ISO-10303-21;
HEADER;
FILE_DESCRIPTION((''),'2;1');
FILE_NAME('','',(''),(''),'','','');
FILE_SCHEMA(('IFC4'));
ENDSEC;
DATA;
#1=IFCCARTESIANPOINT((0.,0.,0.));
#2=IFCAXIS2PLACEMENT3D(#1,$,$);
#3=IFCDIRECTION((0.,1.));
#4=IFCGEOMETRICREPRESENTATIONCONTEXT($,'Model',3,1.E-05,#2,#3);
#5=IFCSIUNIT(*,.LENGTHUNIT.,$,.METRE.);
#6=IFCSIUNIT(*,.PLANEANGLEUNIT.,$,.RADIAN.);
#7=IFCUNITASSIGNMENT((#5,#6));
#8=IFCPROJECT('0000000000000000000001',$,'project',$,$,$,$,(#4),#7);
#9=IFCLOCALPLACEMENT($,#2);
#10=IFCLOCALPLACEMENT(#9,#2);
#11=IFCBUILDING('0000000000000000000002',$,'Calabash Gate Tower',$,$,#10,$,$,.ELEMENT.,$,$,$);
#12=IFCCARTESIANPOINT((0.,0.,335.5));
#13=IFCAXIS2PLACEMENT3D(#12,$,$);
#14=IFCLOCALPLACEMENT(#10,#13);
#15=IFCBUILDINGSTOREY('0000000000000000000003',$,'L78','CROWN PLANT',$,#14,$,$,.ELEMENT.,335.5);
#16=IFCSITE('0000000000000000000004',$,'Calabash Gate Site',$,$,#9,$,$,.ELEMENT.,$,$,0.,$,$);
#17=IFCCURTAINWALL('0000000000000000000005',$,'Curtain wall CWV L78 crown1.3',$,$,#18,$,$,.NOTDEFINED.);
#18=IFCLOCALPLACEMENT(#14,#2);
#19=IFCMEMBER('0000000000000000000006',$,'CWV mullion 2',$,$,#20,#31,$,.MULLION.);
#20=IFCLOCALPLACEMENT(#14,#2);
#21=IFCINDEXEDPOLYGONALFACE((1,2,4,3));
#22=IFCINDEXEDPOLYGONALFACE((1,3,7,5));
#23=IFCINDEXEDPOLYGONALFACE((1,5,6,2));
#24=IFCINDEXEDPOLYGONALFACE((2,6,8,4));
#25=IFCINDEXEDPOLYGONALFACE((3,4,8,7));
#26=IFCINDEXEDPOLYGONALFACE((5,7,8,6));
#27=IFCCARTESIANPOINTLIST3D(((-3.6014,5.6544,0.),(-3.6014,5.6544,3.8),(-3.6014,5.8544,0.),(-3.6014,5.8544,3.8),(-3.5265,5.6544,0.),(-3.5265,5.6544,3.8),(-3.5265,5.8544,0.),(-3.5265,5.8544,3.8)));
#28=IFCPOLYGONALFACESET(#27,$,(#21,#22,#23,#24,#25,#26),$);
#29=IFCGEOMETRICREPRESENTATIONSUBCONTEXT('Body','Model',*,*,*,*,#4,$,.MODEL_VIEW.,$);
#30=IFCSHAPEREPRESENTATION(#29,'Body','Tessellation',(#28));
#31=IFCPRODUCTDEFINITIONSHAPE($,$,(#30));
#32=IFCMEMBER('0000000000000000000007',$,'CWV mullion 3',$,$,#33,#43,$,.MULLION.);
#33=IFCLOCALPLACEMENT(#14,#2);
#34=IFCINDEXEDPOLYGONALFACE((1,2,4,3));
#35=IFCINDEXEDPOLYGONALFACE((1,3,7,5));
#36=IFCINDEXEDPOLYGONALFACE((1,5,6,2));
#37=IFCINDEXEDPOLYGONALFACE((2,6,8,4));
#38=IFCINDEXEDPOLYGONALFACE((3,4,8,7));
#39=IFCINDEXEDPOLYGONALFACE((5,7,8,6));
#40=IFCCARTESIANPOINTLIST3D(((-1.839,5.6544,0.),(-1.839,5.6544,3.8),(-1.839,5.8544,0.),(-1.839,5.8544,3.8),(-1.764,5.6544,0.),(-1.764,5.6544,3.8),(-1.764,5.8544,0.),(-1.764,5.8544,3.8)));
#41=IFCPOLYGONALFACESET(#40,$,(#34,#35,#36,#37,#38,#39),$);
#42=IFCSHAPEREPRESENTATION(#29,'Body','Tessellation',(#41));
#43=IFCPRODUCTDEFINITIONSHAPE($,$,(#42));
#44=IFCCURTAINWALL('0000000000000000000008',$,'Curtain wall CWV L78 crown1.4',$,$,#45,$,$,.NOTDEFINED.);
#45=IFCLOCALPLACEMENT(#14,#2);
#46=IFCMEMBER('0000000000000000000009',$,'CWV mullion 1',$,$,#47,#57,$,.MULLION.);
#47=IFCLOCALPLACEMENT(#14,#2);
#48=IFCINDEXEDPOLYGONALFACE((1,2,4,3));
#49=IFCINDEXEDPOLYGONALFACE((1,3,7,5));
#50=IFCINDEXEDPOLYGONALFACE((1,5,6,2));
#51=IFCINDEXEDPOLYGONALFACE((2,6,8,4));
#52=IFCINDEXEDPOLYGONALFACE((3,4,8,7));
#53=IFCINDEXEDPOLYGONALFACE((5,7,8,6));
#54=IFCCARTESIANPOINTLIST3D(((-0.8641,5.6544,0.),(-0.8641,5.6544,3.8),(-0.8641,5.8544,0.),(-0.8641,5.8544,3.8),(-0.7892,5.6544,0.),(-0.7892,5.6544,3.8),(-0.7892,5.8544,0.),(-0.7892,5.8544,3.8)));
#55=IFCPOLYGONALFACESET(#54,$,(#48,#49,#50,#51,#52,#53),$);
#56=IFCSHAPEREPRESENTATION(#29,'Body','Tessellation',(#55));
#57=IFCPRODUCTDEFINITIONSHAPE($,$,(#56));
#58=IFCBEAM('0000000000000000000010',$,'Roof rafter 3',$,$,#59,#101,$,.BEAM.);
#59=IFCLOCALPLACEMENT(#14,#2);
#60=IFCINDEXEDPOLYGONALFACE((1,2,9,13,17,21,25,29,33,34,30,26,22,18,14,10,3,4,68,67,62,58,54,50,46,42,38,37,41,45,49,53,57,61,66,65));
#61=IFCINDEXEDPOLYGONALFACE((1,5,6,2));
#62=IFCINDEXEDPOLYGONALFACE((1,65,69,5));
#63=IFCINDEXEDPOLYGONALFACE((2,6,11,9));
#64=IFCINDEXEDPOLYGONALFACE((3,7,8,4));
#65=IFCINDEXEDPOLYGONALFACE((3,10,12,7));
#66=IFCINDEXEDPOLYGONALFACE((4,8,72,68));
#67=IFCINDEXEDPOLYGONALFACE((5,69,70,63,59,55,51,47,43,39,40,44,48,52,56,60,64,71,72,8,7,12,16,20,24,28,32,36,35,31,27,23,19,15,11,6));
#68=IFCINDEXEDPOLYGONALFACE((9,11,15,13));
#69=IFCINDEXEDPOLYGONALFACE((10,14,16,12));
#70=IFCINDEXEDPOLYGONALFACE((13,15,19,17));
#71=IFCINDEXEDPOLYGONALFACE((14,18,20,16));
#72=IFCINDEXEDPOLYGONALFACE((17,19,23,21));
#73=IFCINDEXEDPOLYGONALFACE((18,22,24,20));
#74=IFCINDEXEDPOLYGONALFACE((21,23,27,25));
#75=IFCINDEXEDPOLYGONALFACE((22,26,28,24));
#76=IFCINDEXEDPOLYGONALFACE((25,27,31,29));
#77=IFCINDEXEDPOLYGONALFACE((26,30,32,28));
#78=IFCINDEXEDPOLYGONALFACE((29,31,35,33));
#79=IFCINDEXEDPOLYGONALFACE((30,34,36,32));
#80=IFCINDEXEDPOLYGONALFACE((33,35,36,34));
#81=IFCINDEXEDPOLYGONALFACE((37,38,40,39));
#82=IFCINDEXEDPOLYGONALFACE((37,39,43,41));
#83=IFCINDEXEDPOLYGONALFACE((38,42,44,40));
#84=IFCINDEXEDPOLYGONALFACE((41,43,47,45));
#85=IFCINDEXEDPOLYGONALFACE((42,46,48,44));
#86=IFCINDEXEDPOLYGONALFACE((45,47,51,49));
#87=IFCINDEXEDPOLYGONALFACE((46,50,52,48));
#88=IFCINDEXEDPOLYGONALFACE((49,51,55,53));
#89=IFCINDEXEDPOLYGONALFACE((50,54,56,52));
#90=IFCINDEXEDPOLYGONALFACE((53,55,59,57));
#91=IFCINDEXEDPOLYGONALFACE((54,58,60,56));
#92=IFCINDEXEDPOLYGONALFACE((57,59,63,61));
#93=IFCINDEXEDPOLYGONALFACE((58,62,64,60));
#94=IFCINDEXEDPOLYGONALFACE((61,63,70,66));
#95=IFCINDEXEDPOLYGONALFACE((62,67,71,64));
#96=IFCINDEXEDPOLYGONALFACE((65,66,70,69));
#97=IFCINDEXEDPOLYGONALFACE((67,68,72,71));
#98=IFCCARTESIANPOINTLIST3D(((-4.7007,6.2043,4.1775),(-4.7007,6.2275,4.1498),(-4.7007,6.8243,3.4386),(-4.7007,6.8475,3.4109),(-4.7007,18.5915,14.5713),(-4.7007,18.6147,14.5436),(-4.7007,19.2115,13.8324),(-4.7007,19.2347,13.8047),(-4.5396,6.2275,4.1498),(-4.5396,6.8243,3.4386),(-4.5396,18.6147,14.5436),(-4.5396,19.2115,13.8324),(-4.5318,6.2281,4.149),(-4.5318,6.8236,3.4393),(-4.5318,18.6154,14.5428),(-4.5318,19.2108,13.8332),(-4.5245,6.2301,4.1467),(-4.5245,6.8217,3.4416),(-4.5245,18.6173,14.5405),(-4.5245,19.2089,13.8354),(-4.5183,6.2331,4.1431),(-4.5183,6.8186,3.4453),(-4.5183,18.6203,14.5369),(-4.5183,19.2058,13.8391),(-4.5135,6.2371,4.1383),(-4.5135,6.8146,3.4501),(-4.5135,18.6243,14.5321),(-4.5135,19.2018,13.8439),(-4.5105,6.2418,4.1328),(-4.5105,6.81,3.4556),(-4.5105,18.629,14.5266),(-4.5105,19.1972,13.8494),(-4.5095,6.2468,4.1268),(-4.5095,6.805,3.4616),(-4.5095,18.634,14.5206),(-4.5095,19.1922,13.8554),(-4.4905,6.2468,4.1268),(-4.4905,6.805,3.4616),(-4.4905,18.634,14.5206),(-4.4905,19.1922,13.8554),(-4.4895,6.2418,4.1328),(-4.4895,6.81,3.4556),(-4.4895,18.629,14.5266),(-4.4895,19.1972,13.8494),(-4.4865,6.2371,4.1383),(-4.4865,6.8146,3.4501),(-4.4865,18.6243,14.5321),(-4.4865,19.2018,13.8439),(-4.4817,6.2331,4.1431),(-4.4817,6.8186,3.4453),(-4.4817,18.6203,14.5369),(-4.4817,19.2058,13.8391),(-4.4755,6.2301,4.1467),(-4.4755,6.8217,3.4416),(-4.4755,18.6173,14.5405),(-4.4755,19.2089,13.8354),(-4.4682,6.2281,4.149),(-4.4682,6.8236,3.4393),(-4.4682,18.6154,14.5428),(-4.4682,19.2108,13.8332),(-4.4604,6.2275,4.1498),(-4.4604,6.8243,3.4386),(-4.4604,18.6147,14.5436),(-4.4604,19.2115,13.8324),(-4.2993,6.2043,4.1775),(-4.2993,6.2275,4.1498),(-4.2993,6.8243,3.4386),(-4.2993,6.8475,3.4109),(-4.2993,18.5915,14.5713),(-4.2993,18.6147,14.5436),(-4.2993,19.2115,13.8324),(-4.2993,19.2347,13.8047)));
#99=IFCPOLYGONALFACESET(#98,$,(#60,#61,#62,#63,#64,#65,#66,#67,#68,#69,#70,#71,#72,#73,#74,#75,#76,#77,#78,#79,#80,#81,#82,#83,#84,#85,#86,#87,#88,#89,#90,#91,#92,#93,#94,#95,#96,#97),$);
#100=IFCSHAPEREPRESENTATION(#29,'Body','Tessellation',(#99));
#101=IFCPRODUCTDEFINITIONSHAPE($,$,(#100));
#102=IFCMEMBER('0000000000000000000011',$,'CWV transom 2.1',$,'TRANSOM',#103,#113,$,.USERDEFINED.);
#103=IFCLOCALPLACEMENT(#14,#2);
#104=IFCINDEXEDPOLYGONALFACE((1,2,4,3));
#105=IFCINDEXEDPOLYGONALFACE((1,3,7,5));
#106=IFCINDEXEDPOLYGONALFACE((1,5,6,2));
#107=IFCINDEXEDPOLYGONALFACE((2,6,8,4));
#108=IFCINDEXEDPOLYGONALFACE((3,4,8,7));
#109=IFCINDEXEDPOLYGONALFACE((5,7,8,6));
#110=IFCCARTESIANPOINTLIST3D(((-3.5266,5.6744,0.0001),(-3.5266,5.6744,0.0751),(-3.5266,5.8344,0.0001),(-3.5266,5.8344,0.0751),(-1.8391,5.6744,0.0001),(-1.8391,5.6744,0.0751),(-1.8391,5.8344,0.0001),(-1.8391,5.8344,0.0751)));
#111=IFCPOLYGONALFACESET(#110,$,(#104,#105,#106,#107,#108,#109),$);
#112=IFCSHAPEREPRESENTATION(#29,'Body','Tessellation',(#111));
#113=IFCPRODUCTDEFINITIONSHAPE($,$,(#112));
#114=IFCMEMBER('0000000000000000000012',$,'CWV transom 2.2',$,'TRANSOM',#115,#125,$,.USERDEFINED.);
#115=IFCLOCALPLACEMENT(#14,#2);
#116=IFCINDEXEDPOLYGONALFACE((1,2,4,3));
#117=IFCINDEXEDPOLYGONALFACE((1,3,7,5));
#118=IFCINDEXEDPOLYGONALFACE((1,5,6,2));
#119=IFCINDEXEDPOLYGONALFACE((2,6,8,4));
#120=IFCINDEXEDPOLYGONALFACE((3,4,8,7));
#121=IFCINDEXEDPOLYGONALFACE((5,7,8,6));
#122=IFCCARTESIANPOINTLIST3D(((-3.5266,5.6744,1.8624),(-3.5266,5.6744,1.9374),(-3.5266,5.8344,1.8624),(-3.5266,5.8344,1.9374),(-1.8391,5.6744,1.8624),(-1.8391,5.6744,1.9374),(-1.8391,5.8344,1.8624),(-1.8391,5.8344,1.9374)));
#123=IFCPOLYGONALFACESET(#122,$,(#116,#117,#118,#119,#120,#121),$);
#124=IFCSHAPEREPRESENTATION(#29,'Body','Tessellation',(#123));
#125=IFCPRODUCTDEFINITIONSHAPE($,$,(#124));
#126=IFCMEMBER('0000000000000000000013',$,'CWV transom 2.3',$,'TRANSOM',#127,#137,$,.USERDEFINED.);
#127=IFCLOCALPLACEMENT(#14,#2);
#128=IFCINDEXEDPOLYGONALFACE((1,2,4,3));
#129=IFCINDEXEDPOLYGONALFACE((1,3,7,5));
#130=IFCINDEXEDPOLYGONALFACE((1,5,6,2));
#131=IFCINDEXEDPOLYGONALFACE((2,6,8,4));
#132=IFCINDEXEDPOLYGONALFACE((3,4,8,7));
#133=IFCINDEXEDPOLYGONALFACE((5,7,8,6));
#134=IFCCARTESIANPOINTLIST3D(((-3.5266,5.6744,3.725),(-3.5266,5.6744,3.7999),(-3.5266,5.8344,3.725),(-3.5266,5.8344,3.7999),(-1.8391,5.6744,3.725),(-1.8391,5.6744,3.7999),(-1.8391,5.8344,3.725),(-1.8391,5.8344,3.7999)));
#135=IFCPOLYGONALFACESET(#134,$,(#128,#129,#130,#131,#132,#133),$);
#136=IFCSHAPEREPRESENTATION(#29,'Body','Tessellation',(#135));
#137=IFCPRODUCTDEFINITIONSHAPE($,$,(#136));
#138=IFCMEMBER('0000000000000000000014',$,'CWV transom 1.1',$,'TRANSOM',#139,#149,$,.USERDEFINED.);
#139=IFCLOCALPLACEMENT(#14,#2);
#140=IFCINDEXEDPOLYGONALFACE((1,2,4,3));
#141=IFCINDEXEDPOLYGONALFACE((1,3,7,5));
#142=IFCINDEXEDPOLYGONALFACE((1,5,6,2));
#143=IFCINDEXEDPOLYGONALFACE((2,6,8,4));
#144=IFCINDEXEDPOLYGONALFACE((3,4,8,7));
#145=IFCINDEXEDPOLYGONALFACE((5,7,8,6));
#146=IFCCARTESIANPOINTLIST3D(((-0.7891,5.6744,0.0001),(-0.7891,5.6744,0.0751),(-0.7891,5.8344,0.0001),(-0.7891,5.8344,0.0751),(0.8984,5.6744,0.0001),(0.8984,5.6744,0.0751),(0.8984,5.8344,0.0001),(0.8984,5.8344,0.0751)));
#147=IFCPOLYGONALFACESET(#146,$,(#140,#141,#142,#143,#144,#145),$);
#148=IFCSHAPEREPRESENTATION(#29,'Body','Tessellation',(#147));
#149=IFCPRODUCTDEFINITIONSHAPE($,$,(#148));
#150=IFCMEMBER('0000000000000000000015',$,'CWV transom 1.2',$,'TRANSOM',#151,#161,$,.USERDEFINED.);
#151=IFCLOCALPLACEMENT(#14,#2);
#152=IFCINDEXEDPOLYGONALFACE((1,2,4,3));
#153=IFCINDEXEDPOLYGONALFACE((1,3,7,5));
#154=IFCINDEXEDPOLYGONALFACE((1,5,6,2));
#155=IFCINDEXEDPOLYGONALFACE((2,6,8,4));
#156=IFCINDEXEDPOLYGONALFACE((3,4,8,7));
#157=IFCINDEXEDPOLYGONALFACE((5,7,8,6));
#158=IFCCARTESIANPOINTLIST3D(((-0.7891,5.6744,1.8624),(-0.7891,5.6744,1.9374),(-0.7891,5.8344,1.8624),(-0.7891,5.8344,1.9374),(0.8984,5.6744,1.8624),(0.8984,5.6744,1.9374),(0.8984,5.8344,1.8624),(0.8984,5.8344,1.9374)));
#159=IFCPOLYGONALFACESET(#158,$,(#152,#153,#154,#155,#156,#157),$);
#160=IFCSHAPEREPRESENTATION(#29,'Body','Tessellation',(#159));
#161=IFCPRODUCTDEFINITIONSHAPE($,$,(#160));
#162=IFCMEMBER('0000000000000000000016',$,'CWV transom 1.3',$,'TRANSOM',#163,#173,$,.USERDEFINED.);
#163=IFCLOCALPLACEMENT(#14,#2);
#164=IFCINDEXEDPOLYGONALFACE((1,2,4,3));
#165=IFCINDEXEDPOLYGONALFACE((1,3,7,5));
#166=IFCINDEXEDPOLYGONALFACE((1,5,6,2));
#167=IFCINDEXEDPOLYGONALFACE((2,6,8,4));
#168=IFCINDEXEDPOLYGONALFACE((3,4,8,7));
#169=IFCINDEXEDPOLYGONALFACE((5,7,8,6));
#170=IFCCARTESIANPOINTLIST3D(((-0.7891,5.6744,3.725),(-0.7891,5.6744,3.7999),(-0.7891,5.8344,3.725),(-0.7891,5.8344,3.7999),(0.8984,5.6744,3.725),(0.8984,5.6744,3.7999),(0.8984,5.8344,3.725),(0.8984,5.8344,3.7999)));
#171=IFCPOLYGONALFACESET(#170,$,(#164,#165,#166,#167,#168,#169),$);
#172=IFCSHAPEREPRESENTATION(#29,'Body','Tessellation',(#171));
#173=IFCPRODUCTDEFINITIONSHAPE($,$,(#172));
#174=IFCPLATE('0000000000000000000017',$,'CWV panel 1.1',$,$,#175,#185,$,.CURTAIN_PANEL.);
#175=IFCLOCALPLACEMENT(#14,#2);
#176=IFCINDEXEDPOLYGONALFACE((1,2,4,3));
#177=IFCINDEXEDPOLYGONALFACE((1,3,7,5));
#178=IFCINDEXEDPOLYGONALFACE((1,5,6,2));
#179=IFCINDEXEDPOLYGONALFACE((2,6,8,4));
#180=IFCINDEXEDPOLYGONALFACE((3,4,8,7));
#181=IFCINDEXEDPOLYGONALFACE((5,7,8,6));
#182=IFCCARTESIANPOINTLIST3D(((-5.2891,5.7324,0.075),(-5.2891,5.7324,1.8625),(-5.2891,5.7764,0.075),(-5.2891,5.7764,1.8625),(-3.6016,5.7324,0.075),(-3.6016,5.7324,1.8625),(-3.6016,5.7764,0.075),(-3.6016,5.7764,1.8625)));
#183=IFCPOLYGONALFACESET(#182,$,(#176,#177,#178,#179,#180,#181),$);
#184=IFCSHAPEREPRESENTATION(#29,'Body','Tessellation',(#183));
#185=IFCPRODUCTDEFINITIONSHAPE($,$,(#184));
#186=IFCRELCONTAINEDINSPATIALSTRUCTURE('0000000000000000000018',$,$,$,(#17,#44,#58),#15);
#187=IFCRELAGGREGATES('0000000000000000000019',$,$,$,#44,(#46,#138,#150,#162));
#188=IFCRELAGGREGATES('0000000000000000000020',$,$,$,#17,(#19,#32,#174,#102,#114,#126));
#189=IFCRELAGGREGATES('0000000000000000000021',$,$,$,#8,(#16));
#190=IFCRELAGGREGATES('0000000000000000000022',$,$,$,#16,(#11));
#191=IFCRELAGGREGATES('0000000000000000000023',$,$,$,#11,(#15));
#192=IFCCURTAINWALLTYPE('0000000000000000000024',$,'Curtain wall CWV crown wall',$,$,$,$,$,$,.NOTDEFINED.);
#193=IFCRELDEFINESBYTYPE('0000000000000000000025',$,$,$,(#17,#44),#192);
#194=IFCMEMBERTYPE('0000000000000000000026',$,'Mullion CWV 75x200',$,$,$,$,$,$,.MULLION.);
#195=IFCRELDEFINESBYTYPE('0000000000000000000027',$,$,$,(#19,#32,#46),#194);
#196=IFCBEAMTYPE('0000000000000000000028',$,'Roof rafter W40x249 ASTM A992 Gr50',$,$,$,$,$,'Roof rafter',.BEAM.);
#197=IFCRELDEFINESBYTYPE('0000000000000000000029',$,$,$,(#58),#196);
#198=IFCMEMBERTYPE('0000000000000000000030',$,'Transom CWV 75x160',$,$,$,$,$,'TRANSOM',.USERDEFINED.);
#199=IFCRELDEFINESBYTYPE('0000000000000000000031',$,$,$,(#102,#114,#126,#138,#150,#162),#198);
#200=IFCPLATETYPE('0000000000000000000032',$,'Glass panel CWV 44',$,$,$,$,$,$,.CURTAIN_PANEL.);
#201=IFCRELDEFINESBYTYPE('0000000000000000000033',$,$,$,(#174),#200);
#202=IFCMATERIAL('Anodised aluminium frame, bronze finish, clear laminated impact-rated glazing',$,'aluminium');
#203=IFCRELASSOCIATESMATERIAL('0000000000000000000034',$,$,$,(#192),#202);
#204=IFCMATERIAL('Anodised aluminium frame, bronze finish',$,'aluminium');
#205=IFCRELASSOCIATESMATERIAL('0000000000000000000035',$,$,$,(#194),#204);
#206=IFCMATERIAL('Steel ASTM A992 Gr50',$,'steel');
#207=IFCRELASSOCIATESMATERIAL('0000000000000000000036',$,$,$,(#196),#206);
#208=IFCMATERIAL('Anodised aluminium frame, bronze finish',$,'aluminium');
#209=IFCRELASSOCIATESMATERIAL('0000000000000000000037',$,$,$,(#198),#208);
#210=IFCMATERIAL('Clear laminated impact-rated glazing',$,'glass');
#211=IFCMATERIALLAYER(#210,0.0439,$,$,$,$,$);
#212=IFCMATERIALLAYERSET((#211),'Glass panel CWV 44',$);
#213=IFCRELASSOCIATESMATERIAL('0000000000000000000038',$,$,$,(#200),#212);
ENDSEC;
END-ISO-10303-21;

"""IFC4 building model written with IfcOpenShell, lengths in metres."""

from ifc_helpers import new_model, si_unit, direction, frame, origin, origin_2d, place, context, subcontext, project, spatial, rectangle, i_section, extrude, material, layer, layer_set, material_profile, profile_set, type_object, element, aggregate, save


model = new_model("IFC4")

# Units and contexts
model_context = context("Model", 3, precision=1e-05, world=origin(), true_north=direction((0.0, 1.0)))
body_context = subcontext(model_context, "Body", "Model", "MODEL_VIEW")
ifc_project = project(units=[si_unit("LENGTHUNIT", "METRE"), si_unit("PLANEANGLEUNIT", "RADIAN")], contexts=[model_context])

# Site, building, storey
site_placement = place(None, origin())
site = spatial("IfcSite", under=ifc_project, at=site_placement, Name="Calabash Gate Site", CompositionType="ELEMENT", RefElevation=0.0)
building_placement = place(site_placement, origin())
building = spatial("IfcBuilding", under=site, at=building_placement, Name="Calabash Gate Tower", CompositionType="ELEMENT")
storey_placement = place(building_placement, frame((0.0, 0.0, 335.5)))
storey = spatial("IfcBuildingStorey", under=building, at=storey_placement, Name="L78", Description="CROWN PLANT", CompositionType="ELEMENT", Elevation=335.5)

# Curtain wall, members
ifc_material_1 = material(Name="Anodised aluminium frame, bronze finish, clear laminated impact-rated glazing", Category="aluminium")
curtain_wall_type = type_object("IfcCurtainWallType", Name="Curtain wall CWV crown wall", PredefinedType="NOTDEFINED", material=ifc_material_1)
curtain_wall_1_placement = place(storey_placement, origin())
curtain_wall_1 = element("IfcCurtainWall", 1, at=curtain_wall_1_placement, inside=storey, type_object=curtain_wall_type, Name="Curtain wall CWV L78 crown1.3", PredefinedType="NOTDEFINED")
ifc_material_2 = material(Name="Anodised aluminium frame, bronze finish", Category="aluminium")
ifc_material_profile_1 = material_profile(ifc_material_2, rectangle(XDim=0.2, YDim=0.075, at=origin_2d()))
ifc_profile_set_1 = profile_set([ifc_material_profile_1], Name="Anodised aluminium frame, bronze finish")
member_type_1 = type_object("IfcMemberType", Name="Mullion CWV 75x200", PredefinedType="MULLION", material=ifc_profile_set_1)
member_1_placement = place(storey_placement, frame((-3.564, 5.7544, 0.0), z_axis=(0.0, 0.0, 1.0), x_axis=(0.0, 1.0, 0.0)))
member_1 = element("IfcMember", 2, at=member_1_placement, type_object=member_type_1, Name="CWV mullion 2", PredefinedType="MULLION", context=body_context, shape_type="SweptSolid", body=[
    extrude(rectangle(XDim=0.2, YDim=0.075, at=origin_2d()), origin(), (0.0, 0.0, 1.0), 3.8),
])
member_2_placement = place(storey_placement, frame((-1.8015, 5.7544, 0.0), z_axis=(0.0, 0.0, 1.0), x_axis=(0.0, 1.0, 0.0)))
member_2 = element("IfcMember", 3, at=member_2_placement, type_object=member_type_1, Name="CWV mullion 3", PredefinedType="MULLION", context=body_context, shape_type="SweptSolid", body=[
    extrude(rectangle(XDim=0.2, YDim=0.075, at=origin_2d()), origin(), (0.0, 0.0, 1.0), 3.8),
])

# Curtain wall, member
curtain_wall_2_placement = place(storey_placement, origin())
curtain_wall_2 = element("IfcCurtainWall", 4, at=curtain_wall_2_placement, inside=storey, type_object=curtain_wall_type, Name="Curtain wall CWV L78 crown1.4", PredefinedType="NOTDEFINED")
member_3_placement = place(storey_placement, frame((-0.8267, 5.7544, 0.0), z_axis=(0.0, 0.0, 1.0), x_axis=(0.0, 1.0, 0.0)))
member_3 = element("IfcMember", 5, at=member_3_placement, type_object=member_type_1, Name="CWV mullion 1", PredefinedType="MULLION", context=body_context, shape_type="SweptSolid", body=[
    extrude(rectangle(XDim=0.2, YDim=0.075, at=origin_2d()), origin(), (0.0, 0.0, 1.0), 3.8),
])

# Beam
ifc_material_3 = material(Name="Steel ASTM A992 Gr50", Category="steel")
ifc_material_profile_2 = material_profile(ifc_material_3, i_section(OverallWidth=0.4014, OverallDepth=1.0007, WebThickness=0.019, FlangeThickness=0.0361, FilletRadius=0.03, at=origin_2d()))
ifc_profile_set_2 = profile_set([ifc_material_profile_2], Name="Steel ASTM A992 Gr50")
beam_type = type_object("IfcBeamType", Name="Roof rafter W40x249 ASTM A992 Gr50", ElementType="Roof rafter", PredefinedType="BEAM", material=ifc_profile_set_2)
beam_placement = place(storey_placement, frame((-4.5, 6.5259, 3.7942), z_axis=(0.0, 0.766054, 0.642777), x_axis=(-1.0, 0.0, 0.0)))
element("IfcBeam", 6, at=beam_placement, inside=storey, type_object=beam_type, Name="Roof rafter 3", PredefinedType="BEAM", context=body_context, shape_type="SweptSolid", body=[
    extrude(i_section(OverallWidth=0.4014, OverallDepth=1.0007, WebThickness=0.019, FlangeThickness=0.0361, FilletRadius=0.03, at=origin_2d()), origin(), (0.0, 0.0, 1.0), 16.1702),
])

# Members
ifc_material_4 = material(Name="Anodised aluminium frame, bronze finish", Category="aluminium")
ifc_material_profile_3 = material_profile(ifc_material_4, rectangle(XDim=0.1599, YDim=0.075, at=origin_2d()))
ifc_profile_set_3 = profile_set([ifc_material_profile_3], Name="Anodised aluminium frame, bronze finish")
member_type_2 = type_object("IfcMemberType", Name="Transom CWV 75x160", ElementType="TRANSOM", PredefinedType="USERDEFINED", material=ifc_profile_set_3)
member_4_placement = place(storey_placement, frame((-3.5266, 5.7544, 0.0376), z_axis=(1.0, 0.0, 0.0), x_axis=(0.0, 1.0, 0.0)))
member_4 = element("IfcMember", 7, at=member_4_placement, type_object=member_type_2, Name="CWV transom 2.1", ObjectType="TRANSOM", PredefinedType="USERDEFINED", context=body_context, shape_type="SweptSolid", body=[
    extrude(rectangle(XDim=0.1599, YDim=0.075, at=origin_2d()), origin(), (0.0, 0.0, 1.0), 1.6875),
])
member_5_placement = place(storey_placement, frame((-3.5266, 5.7544, 1.8999), z_axis=(1.0, 0.0, 0.0), x_axis=(0.0, 1.0, 0.0)))
member_5 = element("IfcMember", 8, at=member_5_placement, type_object=member_type_2, Name="CWV transom 2.2", ObjectType="TRANSOM", PredefinedType="USERDEFINED", context=body_context, shape_type="SweptSolid", body=[
    extrude(rectangle(XDim=0.1599, YDim=0.075, at=origin_2d()), origin(), (0.0, 0.0, 1.0), 1.6875),
])
member_6_placement = place(storey_placement, frame((-3.5266, 5.7544, 3.7625), z_axis=(1.0, 0.0, 0.0), x_axis=(0.0, 1.0, 0.0)))
member_6 = element("IfcMember", 9, at=member_6_placement, type_object=member_type_2, Name="CWV transom 2.3", ObjectType="TRANSOM", PredefinedType="USERDEFINED", context=body_context, shape_type="SweptSolid", body=[
    extrude(rectangle(XDim=0.1599, YDim=0.075, at=origin_2d()), origin(), (0.0, 0.0, 1.0), 1.6875),
])
member_7_placement = place(storey_placement, frame((-0.7891, 5.7544, 0.0376), z_axis=(1.0, 0.0, 0.0), x_axis=(0.0, 1.0, 0.0)))
member_7 = element("IfcMember", 10, at=member_7_placement, type_object=member_type_2, Name="CWV transom 1.1", ObjectType="TRANSOM", PredefinedType="USERDEFINED", context=body_context, shape_type="SweptSolid", body=[
    extrude(rectangle(XDim=0.1599, YDim=0.075, at=origin_2d()), origin(), (0.0, 0.0, 1.0), 1.6875),
])
member_8_placement = place(storey_placement, frame((-0.7891, 5.7544, 1.8999), z_axis=(1.0, 0.0, 0.0), x_axis=(0.0, 1.0, 0.0)))
member_8 = element("IfcMember", 11, at=member_8_placement, type_object=member_type_2, Name="CWV transom 1.2", ObjectType="TRANSOM", PredefinedType="USERDEFINED", context=body_context, shape_type="SweptSolid", body=[
    extrude(rectangle(XDim=0.1599, YDim=0.075, at=origin_2d()), origin(), (0.0, 0.0, 1.0), 1.6875),
])
member_9_placement = place(storey_placement, frame((-0.7891, 5.7544, 3.7625), z_axis=(1.0, 0.0, 0.0), x_axis=(0.0, 1.0, 0.0)))
member_9 = element("IfcMember", 12, at=member_9_placement, type_object=member_type_2, Name="CWV transom 1.3", ObjectType="TRANSOM", PredefinedType="USERDEFINED", context=body_context, shape_type="SweptSolid", body=[
    extrude(rectangle(XDim=0.1599, YDim=0.075, at=origin_2d()), origin(), (0.0, 0.0, 1.0), 1.6875),
])
aggregate(curtain_wall_2, [member_3, member_7, member_8, member_9])

# Plate
ifc_material_5 = material(Name="Clear laminated impact-rated glazing", Category="glass")
ifc_layer_1 = layer(ifc_material_5, 0.0439)
ifc_layer_set_1 = layer_set([ifc_layer_1], Name="Glass panel CWV 44")
plate_type = type_object("IfcPlateType", Name="Glass panel CWV 44", PredefinedType="CURTAIN_PANEL", material=ifc_layer_set_1)
plate_1_placement = place(storey_placement, frame((-4.4453, 5.7544, 0.075), z_axis=(0.0, 0.0, 1.0), x_axis=(1.0, 0.0, 0.0)))
plate_1 = element("IfcPlate", 13, at=plate_1_placement, type_object=plate_type, Name="CWV panel 1.1", PredefinedType="CURTAIN_PANEL", context=body_context, shape_type="SweptSolid", body=[
    extrude(rectangle(XDim=1.6875, YDim=0.0439, at=origin_2d()), origin(), (0.0, 0.0, 1.0), 1.7876),
])
aggregate(curtain_wall_1, [member_1, member_2, plate_1, member_4, member_5, member_6])

save(model, "model.ifc")
